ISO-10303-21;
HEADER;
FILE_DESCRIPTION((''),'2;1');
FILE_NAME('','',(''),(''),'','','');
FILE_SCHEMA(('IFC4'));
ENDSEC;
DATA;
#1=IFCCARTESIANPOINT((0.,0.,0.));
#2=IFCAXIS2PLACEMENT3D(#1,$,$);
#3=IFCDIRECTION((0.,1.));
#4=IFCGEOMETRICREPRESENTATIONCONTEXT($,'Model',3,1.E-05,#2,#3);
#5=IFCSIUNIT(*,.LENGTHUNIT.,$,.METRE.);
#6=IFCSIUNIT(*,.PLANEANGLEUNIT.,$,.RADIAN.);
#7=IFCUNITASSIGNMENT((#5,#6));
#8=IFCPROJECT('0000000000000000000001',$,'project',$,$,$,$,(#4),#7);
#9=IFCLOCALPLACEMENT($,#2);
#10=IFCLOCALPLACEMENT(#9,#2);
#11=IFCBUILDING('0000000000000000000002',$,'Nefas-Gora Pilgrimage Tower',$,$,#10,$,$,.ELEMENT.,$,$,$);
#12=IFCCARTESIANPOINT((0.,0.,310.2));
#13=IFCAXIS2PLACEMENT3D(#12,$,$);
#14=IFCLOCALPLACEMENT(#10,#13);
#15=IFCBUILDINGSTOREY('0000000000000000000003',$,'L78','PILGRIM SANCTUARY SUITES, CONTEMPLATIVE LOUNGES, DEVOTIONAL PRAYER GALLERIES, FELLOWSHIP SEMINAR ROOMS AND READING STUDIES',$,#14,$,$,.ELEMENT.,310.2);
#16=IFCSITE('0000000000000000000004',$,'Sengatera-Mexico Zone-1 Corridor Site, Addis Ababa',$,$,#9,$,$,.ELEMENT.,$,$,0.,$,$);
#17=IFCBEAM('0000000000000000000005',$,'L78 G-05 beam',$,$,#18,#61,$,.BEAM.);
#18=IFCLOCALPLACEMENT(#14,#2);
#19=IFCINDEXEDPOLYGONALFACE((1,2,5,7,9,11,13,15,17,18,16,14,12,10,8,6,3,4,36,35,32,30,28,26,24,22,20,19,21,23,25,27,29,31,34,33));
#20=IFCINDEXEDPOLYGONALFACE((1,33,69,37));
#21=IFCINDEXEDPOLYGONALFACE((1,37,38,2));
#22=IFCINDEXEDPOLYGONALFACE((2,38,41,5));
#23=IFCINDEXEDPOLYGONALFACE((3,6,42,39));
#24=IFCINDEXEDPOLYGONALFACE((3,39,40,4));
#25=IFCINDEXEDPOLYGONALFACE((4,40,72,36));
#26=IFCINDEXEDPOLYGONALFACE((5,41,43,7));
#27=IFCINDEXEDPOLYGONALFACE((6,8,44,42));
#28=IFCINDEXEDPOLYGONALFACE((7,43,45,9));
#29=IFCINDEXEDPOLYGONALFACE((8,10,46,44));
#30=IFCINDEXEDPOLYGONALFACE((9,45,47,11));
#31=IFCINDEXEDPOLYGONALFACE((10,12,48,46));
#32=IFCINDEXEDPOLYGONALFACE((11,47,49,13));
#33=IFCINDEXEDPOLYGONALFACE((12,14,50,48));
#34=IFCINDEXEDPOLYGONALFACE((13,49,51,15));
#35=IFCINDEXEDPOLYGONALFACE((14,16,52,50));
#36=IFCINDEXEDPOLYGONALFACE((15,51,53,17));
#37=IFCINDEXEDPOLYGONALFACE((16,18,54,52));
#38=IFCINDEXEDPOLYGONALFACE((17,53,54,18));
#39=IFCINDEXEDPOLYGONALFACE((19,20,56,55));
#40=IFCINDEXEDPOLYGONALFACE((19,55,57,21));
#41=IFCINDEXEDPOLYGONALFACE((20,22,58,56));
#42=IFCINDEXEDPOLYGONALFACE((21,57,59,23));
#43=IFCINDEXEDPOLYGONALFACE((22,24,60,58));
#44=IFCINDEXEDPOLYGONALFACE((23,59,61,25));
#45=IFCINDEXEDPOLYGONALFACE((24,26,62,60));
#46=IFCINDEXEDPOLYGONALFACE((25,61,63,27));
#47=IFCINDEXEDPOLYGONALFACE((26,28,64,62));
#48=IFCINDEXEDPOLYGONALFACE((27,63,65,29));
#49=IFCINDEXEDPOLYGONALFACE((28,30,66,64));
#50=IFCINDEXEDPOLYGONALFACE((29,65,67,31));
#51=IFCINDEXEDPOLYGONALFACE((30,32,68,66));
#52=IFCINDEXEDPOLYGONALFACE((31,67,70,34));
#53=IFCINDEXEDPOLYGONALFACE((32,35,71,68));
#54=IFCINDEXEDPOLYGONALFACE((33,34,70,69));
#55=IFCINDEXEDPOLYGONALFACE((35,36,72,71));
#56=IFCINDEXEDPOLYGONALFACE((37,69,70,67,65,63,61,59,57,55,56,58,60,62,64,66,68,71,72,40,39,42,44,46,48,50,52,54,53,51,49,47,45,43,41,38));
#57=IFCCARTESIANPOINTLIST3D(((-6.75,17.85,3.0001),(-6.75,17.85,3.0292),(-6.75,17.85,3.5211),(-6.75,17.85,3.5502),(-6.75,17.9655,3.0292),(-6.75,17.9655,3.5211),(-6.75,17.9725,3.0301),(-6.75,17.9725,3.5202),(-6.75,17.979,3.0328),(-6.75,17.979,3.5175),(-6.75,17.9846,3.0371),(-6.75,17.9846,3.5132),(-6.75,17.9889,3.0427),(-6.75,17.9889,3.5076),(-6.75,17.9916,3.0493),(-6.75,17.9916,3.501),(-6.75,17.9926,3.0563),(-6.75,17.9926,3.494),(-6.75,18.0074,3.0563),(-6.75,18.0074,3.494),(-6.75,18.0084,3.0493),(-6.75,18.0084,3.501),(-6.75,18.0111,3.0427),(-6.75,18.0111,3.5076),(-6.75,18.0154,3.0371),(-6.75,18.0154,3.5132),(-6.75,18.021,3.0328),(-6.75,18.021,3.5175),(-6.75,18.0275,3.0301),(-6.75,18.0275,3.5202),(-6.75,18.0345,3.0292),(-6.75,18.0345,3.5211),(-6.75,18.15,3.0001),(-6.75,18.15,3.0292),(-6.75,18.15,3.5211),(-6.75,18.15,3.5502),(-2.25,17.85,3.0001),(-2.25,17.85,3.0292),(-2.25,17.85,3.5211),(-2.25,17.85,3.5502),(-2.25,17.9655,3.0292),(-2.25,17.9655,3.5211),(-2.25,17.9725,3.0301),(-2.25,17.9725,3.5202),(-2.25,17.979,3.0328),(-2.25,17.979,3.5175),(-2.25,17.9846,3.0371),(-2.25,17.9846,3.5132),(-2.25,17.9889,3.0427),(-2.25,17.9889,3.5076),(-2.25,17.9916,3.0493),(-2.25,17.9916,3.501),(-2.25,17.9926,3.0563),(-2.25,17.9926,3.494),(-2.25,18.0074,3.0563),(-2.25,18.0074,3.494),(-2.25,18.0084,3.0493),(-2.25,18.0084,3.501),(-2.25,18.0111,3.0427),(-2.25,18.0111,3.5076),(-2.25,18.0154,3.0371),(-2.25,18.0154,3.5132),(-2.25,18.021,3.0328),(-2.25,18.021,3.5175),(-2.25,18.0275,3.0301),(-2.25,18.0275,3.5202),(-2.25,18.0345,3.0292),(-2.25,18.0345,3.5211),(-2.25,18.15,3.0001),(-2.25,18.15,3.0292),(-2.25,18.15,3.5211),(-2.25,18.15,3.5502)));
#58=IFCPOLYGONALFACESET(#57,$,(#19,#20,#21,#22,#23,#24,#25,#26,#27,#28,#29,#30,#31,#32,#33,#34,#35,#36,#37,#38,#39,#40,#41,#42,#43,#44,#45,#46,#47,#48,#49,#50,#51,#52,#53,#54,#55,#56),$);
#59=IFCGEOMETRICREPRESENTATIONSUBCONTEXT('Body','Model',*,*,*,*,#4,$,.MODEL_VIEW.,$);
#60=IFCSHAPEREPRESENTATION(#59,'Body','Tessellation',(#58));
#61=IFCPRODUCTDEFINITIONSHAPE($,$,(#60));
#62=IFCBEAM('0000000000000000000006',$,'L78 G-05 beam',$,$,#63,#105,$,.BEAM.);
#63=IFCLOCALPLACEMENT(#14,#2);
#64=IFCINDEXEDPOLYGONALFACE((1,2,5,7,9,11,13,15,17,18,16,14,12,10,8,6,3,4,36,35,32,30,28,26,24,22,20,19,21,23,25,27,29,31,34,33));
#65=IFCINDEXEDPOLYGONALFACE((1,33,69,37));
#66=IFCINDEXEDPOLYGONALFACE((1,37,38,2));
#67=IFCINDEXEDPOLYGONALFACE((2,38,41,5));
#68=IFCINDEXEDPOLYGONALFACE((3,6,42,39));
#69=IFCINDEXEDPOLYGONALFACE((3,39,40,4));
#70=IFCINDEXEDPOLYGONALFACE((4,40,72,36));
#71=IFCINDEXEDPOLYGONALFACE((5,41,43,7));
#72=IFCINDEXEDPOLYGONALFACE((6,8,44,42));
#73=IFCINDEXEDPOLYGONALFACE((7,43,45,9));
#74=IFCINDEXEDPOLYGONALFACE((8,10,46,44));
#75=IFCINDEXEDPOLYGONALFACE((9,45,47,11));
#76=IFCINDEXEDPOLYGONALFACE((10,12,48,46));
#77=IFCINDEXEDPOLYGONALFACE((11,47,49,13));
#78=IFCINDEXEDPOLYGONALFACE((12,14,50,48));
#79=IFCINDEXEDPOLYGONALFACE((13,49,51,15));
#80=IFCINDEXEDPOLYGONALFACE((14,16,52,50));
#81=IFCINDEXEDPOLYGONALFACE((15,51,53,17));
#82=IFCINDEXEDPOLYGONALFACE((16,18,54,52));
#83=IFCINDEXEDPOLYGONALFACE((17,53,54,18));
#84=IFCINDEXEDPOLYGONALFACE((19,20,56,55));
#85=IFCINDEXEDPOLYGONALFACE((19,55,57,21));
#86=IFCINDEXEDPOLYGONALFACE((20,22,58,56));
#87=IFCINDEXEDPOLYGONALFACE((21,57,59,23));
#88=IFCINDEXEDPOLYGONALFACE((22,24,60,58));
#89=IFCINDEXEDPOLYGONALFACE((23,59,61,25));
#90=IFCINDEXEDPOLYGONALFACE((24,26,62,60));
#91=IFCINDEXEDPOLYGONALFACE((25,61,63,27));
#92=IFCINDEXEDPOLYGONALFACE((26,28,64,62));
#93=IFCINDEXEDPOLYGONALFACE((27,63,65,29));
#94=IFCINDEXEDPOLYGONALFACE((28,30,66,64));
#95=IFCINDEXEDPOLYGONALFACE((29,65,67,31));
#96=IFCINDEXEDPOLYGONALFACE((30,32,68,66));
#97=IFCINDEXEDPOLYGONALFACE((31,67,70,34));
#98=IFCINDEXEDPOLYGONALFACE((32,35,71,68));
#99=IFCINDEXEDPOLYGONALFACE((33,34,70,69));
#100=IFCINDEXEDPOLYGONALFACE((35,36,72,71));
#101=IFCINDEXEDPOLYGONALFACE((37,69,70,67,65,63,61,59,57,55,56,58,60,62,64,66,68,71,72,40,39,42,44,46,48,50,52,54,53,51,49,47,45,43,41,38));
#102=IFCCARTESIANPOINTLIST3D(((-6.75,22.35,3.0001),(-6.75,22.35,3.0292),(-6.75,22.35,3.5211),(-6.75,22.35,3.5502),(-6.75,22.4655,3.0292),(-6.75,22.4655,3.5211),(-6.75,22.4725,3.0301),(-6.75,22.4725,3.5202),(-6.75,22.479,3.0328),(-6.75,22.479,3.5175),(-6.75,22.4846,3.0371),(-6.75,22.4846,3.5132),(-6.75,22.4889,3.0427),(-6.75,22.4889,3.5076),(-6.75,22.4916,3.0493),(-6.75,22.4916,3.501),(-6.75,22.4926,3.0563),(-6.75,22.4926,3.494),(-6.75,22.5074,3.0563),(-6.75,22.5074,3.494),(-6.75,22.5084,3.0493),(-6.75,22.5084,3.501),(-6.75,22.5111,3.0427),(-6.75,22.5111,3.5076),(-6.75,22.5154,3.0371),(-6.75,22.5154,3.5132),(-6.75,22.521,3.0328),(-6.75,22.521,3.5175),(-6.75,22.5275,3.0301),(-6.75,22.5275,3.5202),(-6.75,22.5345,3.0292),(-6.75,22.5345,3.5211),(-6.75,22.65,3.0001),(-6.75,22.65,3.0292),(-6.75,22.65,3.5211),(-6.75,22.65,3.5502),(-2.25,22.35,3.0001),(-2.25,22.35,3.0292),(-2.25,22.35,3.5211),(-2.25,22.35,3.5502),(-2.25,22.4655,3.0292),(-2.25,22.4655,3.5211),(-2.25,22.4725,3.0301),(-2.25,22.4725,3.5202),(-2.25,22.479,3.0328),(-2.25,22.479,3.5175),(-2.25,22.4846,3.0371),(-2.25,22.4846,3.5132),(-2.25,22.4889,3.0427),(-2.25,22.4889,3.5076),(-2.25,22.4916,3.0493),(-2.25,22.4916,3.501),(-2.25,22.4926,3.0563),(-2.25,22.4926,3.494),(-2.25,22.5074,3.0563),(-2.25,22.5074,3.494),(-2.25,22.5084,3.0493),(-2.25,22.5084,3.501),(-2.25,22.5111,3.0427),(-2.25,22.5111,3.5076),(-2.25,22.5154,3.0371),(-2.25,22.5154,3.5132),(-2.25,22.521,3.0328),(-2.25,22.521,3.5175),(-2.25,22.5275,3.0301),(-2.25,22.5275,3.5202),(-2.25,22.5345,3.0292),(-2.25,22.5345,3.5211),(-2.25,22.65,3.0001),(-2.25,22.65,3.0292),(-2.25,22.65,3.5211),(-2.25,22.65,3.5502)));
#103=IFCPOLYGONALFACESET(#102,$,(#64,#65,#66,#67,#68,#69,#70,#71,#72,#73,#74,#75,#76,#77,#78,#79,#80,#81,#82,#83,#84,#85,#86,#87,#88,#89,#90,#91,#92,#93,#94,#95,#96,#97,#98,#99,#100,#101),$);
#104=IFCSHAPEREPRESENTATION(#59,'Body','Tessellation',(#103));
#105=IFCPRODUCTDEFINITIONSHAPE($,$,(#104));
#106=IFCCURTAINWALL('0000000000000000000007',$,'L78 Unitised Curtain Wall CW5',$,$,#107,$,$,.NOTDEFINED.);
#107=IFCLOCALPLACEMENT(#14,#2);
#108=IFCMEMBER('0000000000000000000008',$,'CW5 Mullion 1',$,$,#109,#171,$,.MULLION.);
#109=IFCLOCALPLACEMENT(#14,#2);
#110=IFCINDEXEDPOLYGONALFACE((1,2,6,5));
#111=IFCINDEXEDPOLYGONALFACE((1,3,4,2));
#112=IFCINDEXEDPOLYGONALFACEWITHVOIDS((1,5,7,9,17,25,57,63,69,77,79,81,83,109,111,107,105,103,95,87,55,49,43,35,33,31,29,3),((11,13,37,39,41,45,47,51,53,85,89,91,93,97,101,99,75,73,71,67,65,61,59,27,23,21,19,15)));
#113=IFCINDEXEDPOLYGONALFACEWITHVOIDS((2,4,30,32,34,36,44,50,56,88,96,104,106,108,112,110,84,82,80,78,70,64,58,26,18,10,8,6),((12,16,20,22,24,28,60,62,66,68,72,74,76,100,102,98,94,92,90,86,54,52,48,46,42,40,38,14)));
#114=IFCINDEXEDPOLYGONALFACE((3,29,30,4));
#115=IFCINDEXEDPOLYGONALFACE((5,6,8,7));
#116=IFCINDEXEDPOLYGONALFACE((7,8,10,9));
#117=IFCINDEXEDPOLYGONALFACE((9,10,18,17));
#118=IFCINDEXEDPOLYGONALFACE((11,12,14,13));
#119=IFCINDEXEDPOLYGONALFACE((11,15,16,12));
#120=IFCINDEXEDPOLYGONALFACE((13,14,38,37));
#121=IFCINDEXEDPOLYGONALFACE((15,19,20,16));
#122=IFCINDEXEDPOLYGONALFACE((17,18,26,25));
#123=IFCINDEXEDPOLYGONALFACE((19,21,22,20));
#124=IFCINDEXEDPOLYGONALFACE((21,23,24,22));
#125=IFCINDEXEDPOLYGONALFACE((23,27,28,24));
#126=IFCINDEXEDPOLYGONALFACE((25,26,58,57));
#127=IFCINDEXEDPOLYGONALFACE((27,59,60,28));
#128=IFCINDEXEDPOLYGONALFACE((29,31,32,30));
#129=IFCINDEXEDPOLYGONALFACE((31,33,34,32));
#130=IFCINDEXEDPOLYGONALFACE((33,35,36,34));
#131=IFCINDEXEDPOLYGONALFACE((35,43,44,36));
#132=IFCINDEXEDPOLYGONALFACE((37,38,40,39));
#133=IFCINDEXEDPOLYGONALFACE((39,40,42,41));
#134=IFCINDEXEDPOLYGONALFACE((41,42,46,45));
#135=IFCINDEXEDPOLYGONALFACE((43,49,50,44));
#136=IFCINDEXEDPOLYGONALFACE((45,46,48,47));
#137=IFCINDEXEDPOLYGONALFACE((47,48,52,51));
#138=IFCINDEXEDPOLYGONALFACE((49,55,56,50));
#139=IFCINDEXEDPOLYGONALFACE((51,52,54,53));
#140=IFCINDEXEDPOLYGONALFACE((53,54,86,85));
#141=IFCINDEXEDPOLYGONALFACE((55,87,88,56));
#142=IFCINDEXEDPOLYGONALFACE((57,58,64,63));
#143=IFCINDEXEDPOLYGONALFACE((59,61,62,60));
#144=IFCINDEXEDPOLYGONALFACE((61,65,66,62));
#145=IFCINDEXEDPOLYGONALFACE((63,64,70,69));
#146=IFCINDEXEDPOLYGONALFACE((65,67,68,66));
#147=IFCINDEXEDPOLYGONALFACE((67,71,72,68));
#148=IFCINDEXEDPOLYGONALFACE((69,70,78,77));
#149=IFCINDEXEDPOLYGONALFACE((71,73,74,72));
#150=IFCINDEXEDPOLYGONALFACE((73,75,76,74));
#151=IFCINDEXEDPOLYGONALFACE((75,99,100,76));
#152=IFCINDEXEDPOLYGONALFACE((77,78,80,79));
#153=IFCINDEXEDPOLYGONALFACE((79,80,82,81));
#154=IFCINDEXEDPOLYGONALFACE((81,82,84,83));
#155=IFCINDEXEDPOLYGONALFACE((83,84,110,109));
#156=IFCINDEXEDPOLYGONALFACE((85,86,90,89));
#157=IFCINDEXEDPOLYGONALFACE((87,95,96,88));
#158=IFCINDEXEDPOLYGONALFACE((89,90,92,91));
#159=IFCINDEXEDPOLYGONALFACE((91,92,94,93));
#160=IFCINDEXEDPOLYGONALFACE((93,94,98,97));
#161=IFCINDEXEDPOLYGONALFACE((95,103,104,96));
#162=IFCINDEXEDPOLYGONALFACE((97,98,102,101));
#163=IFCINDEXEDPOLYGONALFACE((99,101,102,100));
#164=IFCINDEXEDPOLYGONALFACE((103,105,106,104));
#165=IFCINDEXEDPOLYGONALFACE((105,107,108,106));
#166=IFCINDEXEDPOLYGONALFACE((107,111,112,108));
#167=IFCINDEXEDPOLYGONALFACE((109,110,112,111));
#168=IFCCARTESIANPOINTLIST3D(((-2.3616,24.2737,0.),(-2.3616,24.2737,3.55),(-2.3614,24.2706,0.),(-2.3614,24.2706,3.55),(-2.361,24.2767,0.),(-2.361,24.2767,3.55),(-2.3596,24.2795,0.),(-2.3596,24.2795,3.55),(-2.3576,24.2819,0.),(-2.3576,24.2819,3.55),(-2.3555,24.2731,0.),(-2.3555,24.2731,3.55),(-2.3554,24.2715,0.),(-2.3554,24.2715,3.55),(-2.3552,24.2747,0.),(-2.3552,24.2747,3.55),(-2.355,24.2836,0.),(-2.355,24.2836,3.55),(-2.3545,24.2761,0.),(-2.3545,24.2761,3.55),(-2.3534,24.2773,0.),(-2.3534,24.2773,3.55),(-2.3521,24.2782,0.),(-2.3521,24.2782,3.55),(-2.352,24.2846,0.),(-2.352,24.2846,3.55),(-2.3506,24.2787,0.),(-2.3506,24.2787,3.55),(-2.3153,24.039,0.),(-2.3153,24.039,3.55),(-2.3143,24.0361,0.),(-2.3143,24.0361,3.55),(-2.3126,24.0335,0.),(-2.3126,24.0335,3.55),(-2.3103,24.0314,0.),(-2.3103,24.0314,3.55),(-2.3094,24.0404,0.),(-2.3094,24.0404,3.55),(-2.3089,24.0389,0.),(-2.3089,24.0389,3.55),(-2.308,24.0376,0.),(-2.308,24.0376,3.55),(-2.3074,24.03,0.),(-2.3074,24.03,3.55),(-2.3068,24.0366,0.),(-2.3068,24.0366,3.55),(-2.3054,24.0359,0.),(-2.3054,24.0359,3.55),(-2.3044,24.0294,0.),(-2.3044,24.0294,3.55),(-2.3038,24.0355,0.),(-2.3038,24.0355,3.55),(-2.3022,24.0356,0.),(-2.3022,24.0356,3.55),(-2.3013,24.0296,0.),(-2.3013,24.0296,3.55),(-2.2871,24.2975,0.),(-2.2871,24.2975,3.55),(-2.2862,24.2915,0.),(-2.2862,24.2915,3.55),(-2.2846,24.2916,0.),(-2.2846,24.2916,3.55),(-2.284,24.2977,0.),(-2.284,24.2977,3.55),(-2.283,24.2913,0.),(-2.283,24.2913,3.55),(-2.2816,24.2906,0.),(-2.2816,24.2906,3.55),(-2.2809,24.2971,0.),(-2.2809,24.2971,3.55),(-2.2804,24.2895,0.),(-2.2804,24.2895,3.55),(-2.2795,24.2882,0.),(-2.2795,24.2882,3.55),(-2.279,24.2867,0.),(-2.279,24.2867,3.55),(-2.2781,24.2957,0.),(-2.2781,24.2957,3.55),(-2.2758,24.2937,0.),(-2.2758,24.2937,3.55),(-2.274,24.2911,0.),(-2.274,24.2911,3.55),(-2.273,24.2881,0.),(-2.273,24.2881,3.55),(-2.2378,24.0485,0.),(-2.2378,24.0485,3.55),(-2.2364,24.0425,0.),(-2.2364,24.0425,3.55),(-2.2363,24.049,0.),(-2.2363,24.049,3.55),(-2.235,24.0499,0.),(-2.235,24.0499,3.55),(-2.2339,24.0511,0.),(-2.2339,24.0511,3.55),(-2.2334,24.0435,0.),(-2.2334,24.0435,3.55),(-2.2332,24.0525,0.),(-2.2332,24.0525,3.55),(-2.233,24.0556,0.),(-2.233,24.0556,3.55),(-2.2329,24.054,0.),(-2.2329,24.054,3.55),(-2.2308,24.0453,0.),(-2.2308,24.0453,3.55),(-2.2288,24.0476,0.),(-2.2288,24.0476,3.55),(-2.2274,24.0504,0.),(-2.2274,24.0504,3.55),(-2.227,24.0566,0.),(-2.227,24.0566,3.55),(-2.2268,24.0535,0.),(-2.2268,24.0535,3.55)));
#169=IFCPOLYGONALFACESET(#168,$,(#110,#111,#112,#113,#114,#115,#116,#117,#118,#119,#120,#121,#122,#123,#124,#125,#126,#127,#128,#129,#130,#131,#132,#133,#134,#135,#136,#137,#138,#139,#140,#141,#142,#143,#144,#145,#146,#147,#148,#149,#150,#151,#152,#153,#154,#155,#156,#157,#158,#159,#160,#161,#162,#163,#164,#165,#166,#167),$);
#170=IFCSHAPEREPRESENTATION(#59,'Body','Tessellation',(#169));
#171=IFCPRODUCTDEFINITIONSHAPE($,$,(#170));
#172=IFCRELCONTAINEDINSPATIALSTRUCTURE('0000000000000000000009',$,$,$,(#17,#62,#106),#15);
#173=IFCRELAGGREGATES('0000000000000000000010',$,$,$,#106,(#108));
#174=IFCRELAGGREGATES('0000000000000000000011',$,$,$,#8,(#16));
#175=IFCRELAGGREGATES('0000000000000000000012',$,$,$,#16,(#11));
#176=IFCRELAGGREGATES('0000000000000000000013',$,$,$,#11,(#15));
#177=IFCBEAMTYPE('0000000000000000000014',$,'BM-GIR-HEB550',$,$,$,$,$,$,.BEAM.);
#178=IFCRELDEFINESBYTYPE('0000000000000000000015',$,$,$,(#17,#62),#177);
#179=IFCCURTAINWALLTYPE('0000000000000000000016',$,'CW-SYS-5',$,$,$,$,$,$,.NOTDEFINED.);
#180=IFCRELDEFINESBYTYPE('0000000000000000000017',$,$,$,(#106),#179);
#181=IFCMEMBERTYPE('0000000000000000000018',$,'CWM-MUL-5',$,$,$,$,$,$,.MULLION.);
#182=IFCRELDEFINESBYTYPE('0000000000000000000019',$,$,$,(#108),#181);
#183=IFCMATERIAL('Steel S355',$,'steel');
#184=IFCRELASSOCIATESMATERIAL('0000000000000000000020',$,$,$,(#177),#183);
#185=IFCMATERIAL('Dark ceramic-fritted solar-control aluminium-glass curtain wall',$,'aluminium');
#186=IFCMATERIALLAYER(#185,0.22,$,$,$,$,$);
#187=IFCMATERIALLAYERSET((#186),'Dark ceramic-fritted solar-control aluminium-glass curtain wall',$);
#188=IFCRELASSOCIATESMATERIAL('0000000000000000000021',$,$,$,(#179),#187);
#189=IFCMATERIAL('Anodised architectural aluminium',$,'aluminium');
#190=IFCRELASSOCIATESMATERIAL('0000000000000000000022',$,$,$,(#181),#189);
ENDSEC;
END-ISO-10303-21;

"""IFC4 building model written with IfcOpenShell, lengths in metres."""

from ifc_helpers import new_model, si_unit, direction, frame, origin, origin_2d, place, context, subcontext, project, spatial, hollow_rectangle, i_section, extrude, source, transform, mapped, material, layer, layer_set, material_profile, profile_set, type_object, element, aggregate, save


model = new_model("IFC4")

# Units and contexts
model_context = context("Model", 3, precision=1e-05, world=origin(), true_north=direction((0.0, 1.0)))
body_context = subcontext(model_context, "Body", "Model", "MODEL_VIEW")
ifc_project = project(units=[si_unit("LENGTHUNIT", "METRE"), si_unit("PLANEANGLEUNIT", "RADIAN")], contexts=[model_context])

# Site, building, storey
site_placement = place(None, origin())
site = spatial("IfcSite", under=ifc_project, at=site_placement, Name="Sengatera-Mexico Zone-1 Corridor Site, Addis Ababa", CompositionType="ELEMENT", RefElevation=0.0)
building_placement = place(site_placement, origin())
building = spatial("IfcBuilding", under=site, at=building_placement, Name="Nefas-Gora Pilgrimage Tower", CompositionType="ELEMENT")
storey_placement = place(building_placement, frame((0.0, 0.0, 310.2)))
storey = spatial("IfcBuildingStorey", under=building, at=storey_placement, Name="L78", Description="PILGRIM SANCTUARY SUITES, CONTEMPLATIVE LOUNGES, DEVOTIONAL PRAYER GALLERIES, FELLOWSHIP SEMINAR ROOMS AND READING STUDIES", CompositionType="ELEMENT", Elevation=310.2)

# Shared definitions
ifc_material_1 = material(Name="Steel S355", Category="steel")

# Beams
ifc_material_profile_1 = material_profile(ifc_material_1, i_section(OverallWidth=0.3, OverallDepth=0.55, WebThickness=0.0149, FlangeThickness=0.0291, FilletRadius=0.0271, at=origin_2d()), Name="HEB 550")
ifc_profile_set_1 = profile_set([ifc_material_profile_1], Name="Steel S355")
beam_type = type_object("IfcBeamType", Name="BM-GIR-HEB550", PredefinedType="BEAM", material=ifc_profile_set_1)
shared_shape_1 = source(origin(), body_context, "Body", "SweptSolid", [
    extrude(i_section(OverallWidth=0.3, OverallDepth=0.55, WebThickness=0.0149, FlangeThickness=0.0291, FilletRadius=0.0271, at=origin_2d()), origin(), (0.0, 0.0, 1.0), 4.5),
])
for number, where, z_axis, x_axis, name in (
    (1, (-6.75, 18.0, 3.2751), (1.0, 0.0, 0.0), (0.0, 1.0, 0.0), "L78 G-05 beam"),
    (2, (-6.75, 22.5, 3.2751), (1.0, 0.0, 0.0), (0.0, 1.0, 0.0), "L78 G-05 beam"),
):
    element("IfcBeam", number, at=place(storey_placement, frame(where, z_axis=z_axis, x_axis=x_axis)), inside=storey, type_object=beam_type, Name=name, PredefinedType="BEAM", context=body_context, shape_type="MappedRepresentation", body=[
        mapped(shared_shape_1, transform((0.0, 0.0, 0.0), x_axis=(1.0, 0.0, 0.0), y_axis=(0.0, 1.0, 0.0), z_axis=(0.0, 0.0, 1.0), scale=1.0)),
    ])

# Curtain wall, member
ifc_material_2 = material(Name="Dark ceramic-fritted solar-control aluminium-glass curtain wall", Category="aluminium")
ifc_layer_1 = layer(ifc_material_2, 0.22)
ifc_layer_set_1 = layer_set([ifc_layer_1], Name="Dark ceramic-fritted solar-control aluminium-glass curtain wall")
curtain_wall_type = type_object("IfcCurtainWallType", Name="CW-SYS-5", PredefinedType="NOTDEFINED", material=ifc_layer_set_1)
curtain_wall_1_placement = place(storey_placement, origin())
curtain_wall_1 = element("IfcCurtainWall", 3, at=curtain_wall_1_placement, inside=storey, type_object=curtain_wall_type, Name="L78 Unitised Curtain Wall CW5", PredefinedType="NOTDEFINED")
ifc_material_3 = material(Name="Anodised architectural aluminium", Category="aluminium")
ifc_material_profile_2 = material_profile(ifc_material_3, hollow_rectangle(XDim=0.0901, YDim=0.26, WallThickness=0.0061, InnerFilletRadius=0.0061, OuterFilletRadius=0.012, at=origin_2d()), Name="ALU MULLION 90x260")
ifc_profile_set_2 = profile_set([ifc_material_profile_2], Name="Anodised architectural aluminium")
member_type_1 = type_object("IfcMemberType", Name="CWM-MUL-5", PredefinedType="MULLION", material=ifc_profile_set_2)
shared_shape_2 = source(origin(), body_context, "Body", "SweptSolid", [
    extrude(hollow_rectangle(XDim=0.0901, YDim=0.26, WallThickness=0.0061, InnerFilletRadius=0.0061, OuterFilletRadius=0.012, at=origin_2d()), origin(), (0.0, 0.0, 1.0), 3.55),
])
member_1_placement = place(storey_placement, frame((-2.2942, 24.1636, 0.0), z_axis=(0.0, 0.0, 1.0), x_axis=(-0.980783, -0.195102, 0.0)))
member_1 = element("IfcMember", 4, at=member_1_placement, type_object=member_type_1, Name="CW5 Mullion 1", PredefinedType="MULLION", context=body_context, shape_type="MappedRepresentation", body=[
    mapped(shared_shape_2, transform((0.0, 0.0, 0.0), x_axis=(1.0, 0.0, 0.0), y_axis=(0.0, 1.0, 0.0), z_axis=(0.0, 0.0, 1.0), scale=1.0)),
])

aggregate(curtain_wall_1, [member_1])

save(model, "model.ifc")
